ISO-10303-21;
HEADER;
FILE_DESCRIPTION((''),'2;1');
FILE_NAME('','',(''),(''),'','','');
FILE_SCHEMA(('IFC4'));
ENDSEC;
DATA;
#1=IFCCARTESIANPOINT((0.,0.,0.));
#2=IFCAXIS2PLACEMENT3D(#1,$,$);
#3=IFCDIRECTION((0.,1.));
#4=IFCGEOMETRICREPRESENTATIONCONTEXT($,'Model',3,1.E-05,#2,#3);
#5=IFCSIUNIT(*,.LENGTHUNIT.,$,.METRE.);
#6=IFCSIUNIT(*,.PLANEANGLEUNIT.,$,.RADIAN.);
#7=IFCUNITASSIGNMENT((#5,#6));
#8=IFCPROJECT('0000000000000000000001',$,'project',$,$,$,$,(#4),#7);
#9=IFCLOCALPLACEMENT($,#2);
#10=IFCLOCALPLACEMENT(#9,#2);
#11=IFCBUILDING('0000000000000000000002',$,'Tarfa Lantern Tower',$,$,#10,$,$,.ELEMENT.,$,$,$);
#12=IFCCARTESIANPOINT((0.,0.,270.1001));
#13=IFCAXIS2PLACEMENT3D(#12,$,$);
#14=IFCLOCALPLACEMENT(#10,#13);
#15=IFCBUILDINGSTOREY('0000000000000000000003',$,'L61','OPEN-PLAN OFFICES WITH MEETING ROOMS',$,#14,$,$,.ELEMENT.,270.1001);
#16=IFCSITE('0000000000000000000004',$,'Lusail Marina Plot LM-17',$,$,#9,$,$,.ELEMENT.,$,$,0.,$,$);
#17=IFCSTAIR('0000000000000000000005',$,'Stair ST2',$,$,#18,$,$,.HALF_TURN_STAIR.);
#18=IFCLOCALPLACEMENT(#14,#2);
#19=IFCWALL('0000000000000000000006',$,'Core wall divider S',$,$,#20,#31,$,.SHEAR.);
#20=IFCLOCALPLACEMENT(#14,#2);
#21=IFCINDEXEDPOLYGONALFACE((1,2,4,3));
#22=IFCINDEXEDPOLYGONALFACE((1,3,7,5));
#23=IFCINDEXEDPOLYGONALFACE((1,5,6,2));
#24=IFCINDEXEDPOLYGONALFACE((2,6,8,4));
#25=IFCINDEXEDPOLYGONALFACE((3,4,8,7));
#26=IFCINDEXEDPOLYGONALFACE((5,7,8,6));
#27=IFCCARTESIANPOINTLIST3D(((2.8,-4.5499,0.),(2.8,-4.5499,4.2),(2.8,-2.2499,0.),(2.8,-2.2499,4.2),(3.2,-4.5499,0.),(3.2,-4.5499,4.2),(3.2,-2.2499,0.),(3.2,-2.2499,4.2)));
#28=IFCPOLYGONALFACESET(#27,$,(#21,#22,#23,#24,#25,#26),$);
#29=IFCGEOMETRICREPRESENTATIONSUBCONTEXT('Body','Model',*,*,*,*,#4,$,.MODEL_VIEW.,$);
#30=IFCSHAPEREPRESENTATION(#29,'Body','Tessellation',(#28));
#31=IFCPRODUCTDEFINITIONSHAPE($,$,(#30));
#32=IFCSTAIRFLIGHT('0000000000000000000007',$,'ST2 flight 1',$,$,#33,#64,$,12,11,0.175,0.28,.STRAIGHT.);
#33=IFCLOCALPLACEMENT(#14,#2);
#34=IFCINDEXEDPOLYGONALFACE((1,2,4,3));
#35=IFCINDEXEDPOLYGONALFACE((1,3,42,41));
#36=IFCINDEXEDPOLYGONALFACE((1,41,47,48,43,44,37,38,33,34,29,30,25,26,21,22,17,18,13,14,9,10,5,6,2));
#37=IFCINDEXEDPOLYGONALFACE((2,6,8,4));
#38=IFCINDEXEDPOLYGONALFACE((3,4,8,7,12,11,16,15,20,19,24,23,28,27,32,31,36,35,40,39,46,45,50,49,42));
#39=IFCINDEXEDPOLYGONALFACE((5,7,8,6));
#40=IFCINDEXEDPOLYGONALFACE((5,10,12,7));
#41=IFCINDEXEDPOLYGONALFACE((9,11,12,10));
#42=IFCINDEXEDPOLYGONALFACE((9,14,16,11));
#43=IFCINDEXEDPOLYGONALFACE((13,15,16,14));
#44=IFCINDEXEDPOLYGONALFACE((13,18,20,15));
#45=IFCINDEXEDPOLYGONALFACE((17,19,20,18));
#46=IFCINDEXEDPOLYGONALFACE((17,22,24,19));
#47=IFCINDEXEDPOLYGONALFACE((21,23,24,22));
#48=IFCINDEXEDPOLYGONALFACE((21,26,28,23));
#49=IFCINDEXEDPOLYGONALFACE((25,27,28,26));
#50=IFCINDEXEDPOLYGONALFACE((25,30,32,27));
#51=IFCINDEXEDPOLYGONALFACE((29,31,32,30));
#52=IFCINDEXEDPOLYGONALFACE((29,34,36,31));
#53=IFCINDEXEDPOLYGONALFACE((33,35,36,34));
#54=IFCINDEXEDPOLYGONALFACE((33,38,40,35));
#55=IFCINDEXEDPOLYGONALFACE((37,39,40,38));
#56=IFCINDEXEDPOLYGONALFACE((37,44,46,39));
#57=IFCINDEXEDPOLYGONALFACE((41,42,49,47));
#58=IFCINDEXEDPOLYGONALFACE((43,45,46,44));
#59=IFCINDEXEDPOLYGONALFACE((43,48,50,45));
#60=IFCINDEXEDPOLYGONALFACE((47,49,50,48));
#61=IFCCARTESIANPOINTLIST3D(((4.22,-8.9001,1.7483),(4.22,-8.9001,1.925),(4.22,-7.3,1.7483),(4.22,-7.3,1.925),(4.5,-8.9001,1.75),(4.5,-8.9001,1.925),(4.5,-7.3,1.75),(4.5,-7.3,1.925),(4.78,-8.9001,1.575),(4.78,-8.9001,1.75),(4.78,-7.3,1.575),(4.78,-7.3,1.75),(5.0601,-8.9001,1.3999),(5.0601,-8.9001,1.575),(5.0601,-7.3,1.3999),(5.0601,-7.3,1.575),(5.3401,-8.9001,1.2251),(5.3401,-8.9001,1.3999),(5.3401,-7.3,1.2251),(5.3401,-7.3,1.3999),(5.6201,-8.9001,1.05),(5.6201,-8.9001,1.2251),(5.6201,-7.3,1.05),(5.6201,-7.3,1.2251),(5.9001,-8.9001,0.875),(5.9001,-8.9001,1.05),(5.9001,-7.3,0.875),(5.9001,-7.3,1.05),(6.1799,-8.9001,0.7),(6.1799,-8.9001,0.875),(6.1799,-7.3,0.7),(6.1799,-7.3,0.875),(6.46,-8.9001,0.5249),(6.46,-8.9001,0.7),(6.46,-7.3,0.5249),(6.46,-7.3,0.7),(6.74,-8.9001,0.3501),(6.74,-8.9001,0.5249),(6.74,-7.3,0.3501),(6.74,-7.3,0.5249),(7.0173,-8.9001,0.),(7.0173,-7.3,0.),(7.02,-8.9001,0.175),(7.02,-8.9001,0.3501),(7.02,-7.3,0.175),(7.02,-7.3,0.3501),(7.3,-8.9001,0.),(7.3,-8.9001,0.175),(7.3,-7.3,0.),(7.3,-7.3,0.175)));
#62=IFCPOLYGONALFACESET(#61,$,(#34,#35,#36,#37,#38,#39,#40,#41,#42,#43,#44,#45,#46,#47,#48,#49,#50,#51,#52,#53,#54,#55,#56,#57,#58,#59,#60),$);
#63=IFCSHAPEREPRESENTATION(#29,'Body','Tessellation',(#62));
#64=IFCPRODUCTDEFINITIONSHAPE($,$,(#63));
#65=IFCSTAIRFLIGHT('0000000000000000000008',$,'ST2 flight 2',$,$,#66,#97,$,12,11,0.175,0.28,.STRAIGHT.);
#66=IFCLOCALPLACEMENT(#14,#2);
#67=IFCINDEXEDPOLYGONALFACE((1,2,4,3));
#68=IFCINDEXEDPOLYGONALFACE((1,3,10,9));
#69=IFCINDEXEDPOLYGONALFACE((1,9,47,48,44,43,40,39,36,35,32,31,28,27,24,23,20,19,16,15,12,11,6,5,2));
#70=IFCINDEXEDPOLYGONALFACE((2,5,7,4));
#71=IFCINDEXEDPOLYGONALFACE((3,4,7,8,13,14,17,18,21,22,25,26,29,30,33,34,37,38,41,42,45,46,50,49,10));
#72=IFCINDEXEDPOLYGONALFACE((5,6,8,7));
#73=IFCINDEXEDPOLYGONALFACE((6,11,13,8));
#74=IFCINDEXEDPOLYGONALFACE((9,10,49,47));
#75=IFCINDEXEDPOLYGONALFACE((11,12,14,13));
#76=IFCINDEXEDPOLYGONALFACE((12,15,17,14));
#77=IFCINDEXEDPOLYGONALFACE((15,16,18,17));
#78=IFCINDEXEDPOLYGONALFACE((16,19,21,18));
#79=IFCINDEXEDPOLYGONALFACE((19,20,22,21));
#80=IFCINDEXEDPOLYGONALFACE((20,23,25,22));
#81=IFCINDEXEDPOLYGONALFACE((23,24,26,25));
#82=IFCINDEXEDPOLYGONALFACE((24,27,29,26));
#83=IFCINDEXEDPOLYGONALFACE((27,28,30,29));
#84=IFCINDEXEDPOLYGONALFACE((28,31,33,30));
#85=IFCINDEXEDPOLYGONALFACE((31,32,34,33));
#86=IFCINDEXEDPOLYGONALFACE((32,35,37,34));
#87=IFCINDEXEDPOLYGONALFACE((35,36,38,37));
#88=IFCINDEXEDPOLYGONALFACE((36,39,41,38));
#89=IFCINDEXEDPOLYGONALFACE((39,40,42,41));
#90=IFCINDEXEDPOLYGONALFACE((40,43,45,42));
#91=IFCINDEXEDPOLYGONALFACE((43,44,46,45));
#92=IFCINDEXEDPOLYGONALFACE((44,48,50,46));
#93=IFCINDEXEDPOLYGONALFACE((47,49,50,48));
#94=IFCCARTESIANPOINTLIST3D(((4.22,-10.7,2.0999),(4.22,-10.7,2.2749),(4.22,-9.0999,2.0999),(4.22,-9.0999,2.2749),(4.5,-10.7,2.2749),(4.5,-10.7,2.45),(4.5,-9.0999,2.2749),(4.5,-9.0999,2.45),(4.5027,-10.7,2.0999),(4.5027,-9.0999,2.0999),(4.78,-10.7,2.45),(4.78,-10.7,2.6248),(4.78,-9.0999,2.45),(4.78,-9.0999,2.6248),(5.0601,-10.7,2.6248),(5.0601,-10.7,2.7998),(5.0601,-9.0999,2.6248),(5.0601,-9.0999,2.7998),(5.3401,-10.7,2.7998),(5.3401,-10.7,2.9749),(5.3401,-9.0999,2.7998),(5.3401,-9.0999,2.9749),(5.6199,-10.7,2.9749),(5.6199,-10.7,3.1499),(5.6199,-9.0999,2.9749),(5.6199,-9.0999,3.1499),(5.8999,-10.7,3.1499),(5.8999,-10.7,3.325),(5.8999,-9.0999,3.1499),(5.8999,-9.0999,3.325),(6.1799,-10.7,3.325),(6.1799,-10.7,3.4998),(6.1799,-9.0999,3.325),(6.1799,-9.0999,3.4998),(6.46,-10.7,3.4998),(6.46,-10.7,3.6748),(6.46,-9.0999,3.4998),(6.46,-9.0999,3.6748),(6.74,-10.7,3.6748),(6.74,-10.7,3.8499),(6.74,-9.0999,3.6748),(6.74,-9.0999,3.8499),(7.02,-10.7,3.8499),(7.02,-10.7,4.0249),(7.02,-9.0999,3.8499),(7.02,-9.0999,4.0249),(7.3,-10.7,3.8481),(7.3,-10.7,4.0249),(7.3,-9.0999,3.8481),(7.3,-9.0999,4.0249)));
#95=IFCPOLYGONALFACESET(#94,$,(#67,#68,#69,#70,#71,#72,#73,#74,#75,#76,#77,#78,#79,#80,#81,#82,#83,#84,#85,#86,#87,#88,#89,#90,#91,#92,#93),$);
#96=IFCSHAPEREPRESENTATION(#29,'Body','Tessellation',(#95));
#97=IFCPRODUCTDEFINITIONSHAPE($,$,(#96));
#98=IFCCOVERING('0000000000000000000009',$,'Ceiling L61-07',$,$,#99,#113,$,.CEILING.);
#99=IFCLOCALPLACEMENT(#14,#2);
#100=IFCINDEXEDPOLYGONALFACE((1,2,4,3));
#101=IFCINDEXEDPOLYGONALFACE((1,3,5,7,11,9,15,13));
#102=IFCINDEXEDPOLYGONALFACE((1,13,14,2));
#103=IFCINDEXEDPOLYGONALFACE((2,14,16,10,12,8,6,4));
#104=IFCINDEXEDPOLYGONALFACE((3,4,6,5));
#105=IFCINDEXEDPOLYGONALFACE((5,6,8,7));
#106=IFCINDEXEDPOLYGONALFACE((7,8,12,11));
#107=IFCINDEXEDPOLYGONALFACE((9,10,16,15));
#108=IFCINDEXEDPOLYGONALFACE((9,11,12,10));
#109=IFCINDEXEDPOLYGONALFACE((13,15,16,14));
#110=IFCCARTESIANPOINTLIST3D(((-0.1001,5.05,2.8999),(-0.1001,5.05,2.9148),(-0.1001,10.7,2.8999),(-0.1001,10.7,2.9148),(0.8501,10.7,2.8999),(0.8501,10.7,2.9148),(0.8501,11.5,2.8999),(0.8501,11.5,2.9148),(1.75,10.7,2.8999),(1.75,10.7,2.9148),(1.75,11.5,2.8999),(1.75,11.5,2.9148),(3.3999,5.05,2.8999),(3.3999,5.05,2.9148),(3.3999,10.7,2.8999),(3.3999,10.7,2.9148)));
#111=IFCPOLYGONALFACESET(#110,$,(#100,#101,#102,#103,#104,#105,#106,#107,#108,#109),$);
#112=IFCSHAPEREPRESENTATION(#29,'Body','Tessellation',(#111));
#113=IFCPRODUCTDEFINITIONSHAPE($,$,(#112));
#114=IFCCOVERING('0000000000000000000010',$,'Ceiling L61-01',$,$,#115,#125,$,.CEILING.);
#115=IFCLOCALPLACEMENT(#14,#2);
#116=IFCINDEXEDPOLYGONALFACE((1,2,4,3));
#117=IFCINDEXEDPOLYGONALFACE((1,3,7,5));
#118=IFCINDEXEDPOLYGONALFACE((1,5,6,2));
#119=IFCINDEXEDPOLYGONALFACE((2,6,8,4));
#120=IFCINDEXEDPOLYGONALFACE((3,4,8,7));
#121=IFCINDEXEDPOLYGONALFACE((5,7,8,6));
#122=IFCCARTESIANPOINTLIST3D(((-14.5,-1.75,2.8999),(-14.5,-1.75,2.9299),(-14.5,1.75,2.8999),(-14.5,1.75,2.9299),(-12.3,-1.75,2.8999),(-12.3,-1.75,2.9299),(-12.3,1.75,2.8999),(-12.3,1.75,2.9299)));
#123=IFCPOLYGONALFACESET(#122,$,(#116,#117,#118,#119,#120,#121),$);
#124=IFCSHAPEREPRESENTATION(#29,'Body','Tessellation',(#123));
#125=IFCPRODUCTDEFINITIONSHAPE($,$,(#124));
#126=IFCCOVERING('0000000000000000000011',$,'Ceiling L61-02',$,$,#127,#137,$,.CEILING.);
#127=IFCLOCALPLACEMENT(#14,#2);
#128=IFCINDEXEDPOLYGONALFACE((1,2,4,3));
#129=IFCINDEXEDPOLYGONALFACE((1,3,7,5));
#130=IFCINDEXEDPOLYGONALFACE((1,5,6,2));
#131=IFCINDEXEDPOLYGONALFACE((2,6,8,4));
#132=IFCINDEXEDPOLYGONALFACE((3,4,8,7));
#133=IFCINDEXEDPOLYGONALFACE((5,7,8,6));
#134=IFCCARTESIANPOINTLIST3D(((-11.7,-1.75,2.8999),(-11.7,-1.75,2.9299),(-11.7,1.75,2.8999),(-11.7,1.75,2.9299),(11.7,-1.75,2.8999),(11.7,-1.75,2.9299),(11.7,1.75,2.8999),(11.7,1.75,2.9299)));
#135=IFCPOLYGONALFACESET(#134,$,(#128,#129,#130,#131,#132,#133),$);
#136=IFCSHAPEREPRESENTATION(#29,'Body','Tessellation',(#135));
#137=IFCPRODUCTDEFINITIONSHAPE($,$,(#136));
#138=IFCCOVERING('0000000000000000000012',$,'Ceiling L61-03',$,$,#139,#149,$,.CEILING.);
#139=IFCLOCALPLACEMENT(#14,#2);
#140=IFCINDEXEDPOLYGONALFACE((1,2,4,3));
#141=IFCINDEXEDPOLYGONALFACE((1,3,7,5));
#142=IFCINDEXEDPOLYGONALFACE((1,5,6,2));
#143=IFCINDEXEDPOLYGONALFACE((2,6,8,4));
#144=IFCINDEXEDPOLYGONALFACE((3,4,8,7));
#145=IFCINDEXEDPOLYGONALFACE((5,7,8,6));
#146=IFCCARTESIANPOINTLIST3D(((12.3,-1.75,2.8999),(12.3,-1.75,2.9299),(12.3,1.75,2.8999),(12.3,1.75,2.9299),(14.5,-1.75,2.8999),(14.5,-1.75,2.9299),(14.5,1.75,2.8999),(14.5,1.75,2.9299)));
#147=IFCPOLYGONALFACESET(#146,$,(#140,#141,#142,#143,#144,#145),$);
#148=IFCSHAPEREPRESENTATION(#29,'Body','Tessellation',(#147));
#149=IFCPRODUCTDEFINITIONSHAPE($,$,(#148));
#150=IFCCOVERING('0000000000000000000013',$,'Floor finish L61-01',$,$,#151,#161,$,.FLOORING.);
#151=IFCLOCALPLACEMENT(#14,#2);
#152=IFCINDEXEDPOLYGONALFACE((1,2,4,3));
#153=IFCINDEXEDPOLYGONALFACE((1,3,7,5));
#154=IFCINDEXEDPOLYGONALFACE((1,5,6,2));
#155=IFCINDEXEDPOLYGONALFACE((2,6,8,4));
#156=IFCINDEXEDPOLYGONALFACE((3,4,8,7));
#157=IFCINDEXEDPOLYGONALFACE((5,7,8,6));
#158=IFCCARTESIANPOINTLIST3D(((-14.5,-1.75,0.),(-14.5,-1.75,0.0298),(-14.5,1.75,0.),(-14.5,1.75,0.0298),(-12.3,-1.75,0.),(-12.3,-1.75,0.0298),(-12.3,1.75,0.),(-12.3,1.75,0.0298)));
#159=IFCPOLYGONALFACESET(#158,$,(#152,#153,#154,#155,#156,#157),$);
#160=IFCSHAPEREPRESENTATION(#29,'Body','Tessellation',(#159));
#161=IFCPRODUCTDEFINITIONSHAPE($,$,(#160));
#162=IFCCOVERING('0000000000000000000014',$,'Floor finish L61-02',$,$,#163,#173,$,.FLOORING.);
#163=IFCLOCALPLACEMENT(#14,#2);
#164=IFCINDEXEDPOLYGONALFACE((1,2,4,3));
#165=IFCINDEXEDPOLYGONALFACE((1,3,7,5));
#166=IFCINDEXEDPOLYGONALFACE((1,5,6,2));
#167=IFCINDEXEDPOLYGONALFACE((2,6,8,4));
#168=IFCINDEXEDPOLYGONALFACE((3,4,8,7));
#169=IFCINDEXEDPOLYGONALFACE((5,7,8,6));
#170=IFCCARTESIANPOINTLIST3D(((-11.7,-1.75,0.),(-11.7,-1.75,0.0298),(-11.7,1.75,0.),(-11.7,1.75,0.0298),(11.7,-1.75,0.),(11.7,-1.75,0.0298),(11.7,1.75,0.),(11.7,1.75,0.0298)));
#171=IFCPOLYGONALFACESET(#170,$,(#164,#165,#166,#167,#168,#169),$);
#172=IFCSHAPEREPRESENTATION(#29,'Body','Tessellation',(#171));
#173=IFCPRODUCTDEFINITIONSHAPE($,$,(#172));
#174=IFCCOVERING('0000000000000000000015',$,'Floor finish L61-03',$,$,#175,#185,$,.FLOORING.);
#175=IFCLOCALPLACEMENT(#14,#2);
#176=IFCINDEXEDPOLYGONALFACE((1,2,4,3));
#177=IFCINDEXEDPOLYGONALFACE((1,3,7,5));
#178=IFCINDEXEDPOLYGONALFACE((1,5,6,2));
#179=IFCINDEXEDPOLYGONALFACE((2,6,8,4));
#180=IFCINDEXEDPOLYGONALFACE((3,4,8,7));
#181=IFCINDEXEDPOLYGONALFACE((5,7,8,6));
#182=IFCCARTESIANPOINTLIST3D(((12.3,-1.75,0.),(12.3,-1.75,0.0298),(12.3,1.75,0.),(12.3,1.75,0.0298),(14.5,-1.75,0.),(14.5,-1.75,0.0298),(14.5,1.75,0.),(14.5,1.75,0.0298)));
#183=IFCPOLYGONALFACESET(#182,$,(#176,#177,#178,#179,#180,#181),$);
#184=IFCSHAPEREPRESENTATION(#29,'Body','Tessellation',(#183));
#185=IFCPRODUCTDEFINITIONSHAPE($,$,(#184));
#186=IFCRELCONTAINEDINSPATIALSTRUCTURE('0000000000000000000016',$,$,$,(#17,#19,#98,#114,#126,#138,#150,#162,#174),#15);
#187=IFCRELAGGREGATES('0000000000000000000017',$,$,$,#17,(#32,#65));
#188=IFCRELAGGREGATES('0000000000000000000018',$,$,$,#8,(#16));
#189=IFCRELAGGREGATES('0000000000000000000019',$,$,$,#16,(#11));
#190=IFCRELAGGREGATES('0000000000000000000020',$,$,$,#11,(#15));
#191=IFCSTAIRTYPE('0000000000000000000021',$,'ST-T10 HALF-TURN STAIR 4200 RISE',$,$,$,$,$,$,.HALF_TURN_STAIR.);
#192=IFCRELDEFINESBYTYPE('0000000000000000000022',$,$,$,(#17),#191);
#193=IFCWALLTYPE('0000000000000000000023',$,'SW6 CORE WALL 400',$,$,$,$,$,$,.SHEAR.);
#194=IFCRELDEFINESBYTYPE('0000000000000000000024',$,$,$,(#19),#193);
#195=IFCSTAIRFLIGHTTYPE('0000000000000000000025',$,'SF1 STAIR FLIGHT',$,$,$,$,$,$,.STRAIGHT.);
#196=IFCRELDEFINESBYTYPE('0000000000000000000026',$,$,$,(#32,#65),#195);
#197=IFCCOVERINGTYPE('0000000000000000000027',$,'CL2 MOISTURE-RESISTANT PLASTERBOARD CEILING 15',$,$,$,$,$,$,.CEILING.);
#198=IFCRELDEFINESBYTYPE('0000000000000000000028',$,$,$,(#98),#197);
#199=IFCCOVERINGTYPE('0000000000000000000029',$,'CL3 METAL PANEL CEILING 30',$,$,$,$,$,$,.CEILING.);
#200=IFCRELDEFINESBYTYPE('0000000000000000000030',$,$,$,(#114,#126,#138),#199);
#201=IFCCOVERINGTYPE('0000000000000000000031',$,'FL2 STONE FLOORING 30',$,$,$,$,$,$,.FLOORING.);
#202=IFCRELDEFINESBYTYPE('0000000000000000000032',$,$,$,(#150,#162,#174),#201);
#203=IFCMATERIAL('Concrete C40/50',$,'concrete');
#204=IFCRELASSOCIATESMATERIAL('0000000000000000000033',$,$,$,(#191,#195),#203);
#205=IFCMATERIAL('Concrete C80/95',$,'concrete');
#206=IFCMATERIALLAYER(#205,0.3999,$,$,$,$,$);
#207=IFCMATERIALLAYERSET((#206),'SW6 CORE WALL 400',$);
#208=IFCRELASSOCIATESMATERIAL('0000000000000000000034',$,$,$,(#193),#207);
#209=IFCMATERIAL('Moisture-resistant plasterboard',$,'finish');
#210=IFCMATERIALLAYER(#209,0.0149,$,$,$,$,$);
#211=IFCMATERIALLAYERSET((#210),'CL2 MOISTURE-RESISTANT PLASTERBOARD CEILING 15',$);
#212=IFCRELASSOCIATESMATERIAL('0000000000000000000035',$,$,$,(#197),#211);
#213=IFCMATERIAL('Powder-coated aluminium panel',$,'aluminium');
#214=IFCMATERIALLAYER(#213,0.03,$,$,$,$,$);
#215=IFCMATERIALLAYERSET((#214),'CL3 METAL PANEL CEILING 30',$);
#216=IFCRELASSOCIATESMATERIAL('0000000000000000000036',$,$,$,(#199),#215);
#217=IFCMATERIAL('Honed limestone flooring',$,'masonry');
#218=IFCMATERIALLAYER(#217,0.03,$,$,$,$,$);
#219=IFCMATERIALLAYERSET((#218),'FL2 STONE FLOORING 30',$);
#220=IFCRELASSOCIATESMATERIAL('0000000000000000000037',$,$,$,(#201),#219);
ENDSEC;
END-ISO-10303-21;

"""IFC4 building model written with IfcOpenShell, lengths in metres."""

from ifc_helpers import new_model, si_unit, direction, frame, frame_2d, origin, place, context, subcontext, project, spatial, polyline, rectangle, outline, extrude, material, layer, layer_set, type_object, element, aggregate, save


model = new_model("IFC4")

# Units and contexts
model_context = context("Model", 3, precision=1e-05, world=origin(), true_north=direction((0.0, 1.0)))
body_context = subcontext(model_context, "Body", "Model", "MODEL_VIEW")
ifc_project = project(units=[si_unit("LENGTHUNIT", "METRE"), si_unit("PLANEANGLEUNIT", "RADIAN")], contexts=[model_context])

# Site, building, storey
site_placement = place(None, origin())
site = spatial("IfcSite", under=ifc_project, at=site_placement, Name="Lusail Marina Plot LM-17", CompositionType="ELEMENT", RefElevation=0.0)
building_placement = place(site_placement, origin())
building = spatial("IfcBuilding", under=site, at=building_placement, Name="Tarfa Lantern Tower", CompositionType="ELEMENT")
storey_placement = place(building_placement, frame((0.0, 0.0, 270.1001)))
storey = spatial("IfcBuildingStorey", under=building, at=storey_placement, Name="L61", Description="OPEN-PLAN OFFICES WITH MEETING ROOMS", CompositionType="ELEMENT", Elevation=270.1001)

# Stair
ifc_material_1 = material(Name="Concrete C40/50", Category="concrete")
stair_type = type_object("IfcStairType", Name="ST-T10 HALF-TURN STAIR 4200 RISE", PredefinedType="HALF_TURN_STAIR", material=ifc_material_1)
stair_1_placement = place(storey_placement, origin())
stair_1 = element("IfcStair", 1, at=stair_1_placement, inside=storey, type_object=stair_type, Name="Stair ST2", PredefinedType="HALF_TURN_STAIR")

# Shared definitions
ifc_material_2 = material(Name="Concrete C80/95", Category="concrete")

# Wall
ifc_layer_1 = layer(ifc_material_2, 0.3999)
ifc_layer_set_1 = layer_set([ifc_layer_1], Name="SW6 CORE WALL 400")
wall_type_1 = type_object("IfcWallType", Name="SW6 CORE WALL 400", PredefinedType="SHEAR", material=ifc_layer_set_1)
for number, where, z_axis, x_axis, name in (
    (2, (3.0, -2.25, 0.0), (0.0, 0.0, 1.0), (0.0, -1.0, 0.0), "Core wall divider S"),
):
    element("IfcWall", number, at=place(storey_placement, frame(where, z_axis=z_axis, x_axis=x_axis)), inside=storey, type_object=wall_type_1, Name=name, PredefinedType="SHEAR", context=body_context, shape_type="SweptSolid", body=[
        extrude(rectangle(XDim=2.3, YDim=0.3999, at=frame_2d((1.1499, 0.0))), origin(), (0.0, 0.0, 1.0), 4.2),
    ])

# Stair flights
stair_flight_type = type_object("IfcStairFlightType", Name="SF1 STAIR FLIGHT", PredefinedType="STRAIGHT", material=ifc_material_1)
stair_flight_1_placement = place(storey_placement, frame((7.3, -8.1001, 0.0), z_axis=(0.0, 0.0, 1.0), x_axis=(-1.0, 0.0, 0.0)))
stair_flight_1 = element("IfcStairFlight", 3, at=stair_flight_1_placement, type_object=stair_flight_type, Name="ST2 flight 1", NumberOfRisers=12, NumberOfTreads=11, PredefinedType="STRAIGHT", RiserHeight=0.175, TreadLength=0.28, context=body_context, shape_type="SweptSolid", body=[
    extrude(outline(polyline([(0.0, 0.0), (0.0, 0.175), (0.28, 0.175), (0.28, 0.3501), (0.5601, 0.3501), (0.5601, 0.5249), (0.8401, 0.5249), (0.8401, 0.7), (1.1201, 0.7), (1.1201, 0.875), (1.3999, 0.875), (1.3999, 1.05), (1.6799, 1.05), (1.6799, 1.2251), (1.96, 1.2251), (1.96, 1.3999), (2.24, 1.3999), (2.24, 1.575), (2.52, 1.575), (2.52, 1.75), (2.8, 1.75), (2.8, 1.925), (3.0801, 1.925), (3.0801, 2.1001), (3.0801, 1.7483), (0.2827, 0.0), (0.0, 0.0)])), frame((0.0, 0.8, 0.0), z_axis=(0.0, -1.0, 0.0), x_axis=(1.0, 0.0, 0.0)), (0.0, 0.0, 1.0), 1.6001),
])
stair_flight_2_placement = place(storey_placement, frame((4.22, -9.8999, 2.0999), z_axis=(0.0, 0.0, 1.0), x_axis=(1.0, 0.0, 0.0)))
stair_flight_2 = element("IfcStairFlight", 4, at=stair_flight_2_placement, type_object=stair_flight_type, Name="ST2 flight 2", NumberOfRisers=12, NumberOfTreads=11, PredefinedType="STRAIGHT", RiserHeight=0.175, TreadLength=0.28, context=body_context, shape_type="SweptSolid", body=[
    extrude(outline(polyline([(0.0, 0.0), (0.0, 0.175), (0.28, 0.175), (0.28, 0.3501), (0.5601, 0.3501), (0.5601, 0.5249), (0.8401, 0.5249), (0.8401, 0.7), (1.1201, 0.7), (1.1201, 0.875), (1.3999, 0.875), (1.3999, 1.05), (1.6799, 1.05), (1.6799, 1.2251), (1.96, 1.2251), (1.96, 1.3999), (2.24, 1.3999), (2.24, 1.575), (2.52, 1.575), (2.52, 1.75), (2.8, 1.75), (2.8, 1.925), (3.0801, 1.925), (3.0801, 2.1001), (3.0801, 1.7483), (0.2827, 0.0), (0.0, 0.0)])), frame((0.0, 0.8, 0.0), z_axis=(0.0, -1.0, 0.0), x_axis=(1.0, 0.0, 0.0)), (0.0, 0.0, 1.0), 1.6001),
])
aggregate(stair_1, [stair_flight_1, stair_flight_2])

# Coverings
ifc_material_3 = material(Name="Moisture-resistant plasterboard", Category="finish")
ifc_layer_2 = layer(ifc_material_3, 0.0149)
ifc_layer_set_2 = layer_set([ifc_layer_2], Name="CL2 MOISTURE-RESISTANT PLASTERBOARD CEILING 15")
covering_type_1 = type_object("IfcCoveringType", Name="CL2 MOISTURE-RESISTANT PLASTERBOARD CEILING 15", PredefinedType="CEILING", material=ifc_layer_set_2)
covering_1_placement = place(storey_placement, frame((0.0, 0.0, 2.8999)))
element("IfcCovering", 5, at=covering_1_placement, inside=storey, type_object=covering_type_1, Name="Ceiling L61-07", PredefinedType="CEILING", context=body_context, shape_type="SweptSolid", body=[
    extrude(outline(polyline([(0.8501, 10.7), (-0.1001, 10.7), (-0.1001, 5.05), (3.3999, 5.05), (3.3999, 10.7), (1.75, 10.7), (1.75, 11.5), (0.8501, 11.5), (0.8501, 11.5), (0.8501, 10.7)])), origin(), (0.0, 0.0, 1.0), 0.0149),
])
ifc_material_4 = material(Name="Powder-coated aluminium panel", Category="aluminium")
ifc_layer_3 = layer(ifc_material_4, 0.03)
ifc_layer_set_3 = layer_set([ifc_layer_3], Name="CL3 METAL PANEL CEILING 30")
covering_type_2 = type_object("IfcCoveringType", Name="CL3 METAL PANEL CEILING 30", PredefinedType="CEILING", material=ifc_layer_set_3)
covering_2_placement = place(storey_placement, frame((0.0, 0.0, 2.8999)))
element("IfcCovering", 6, at=covering_2_placement, inside=storey, type_object=covering_type_2, Name="Ceiling L61-01", PredefinedType="CEILING", context=body_context, shape_type="SweptSolid", body=[
    extrude(outline(polyline([(-14.5, -1.75), (-12.3, -1.75), (-12.3, 1.75), (-14.5, 1.75), (-14.5, -1.75)])), origin(), (0.0, 0.0, 1.0), 0.03),
])
covering_3_placement = place(storey_placement, frame((0.0, 0.0, 2.8999)))
element("IfcCovering", 7, at=covering_3_placement, inside=storey, type_object=covering_type_2, Name="Ceiling L61-02", PredefinedType="CEILING", context=body_context, shape_type="SweptSolid", body=[
    extrude(outline(polyline([(-11.7, -1.75), (11.7, -1.75), (11.7, 1.75), (-11.7, 1.75), (-11.7, -1.75)])), origin(), (0.0, 0.0, 1.0), 0.03),
])
covering_4_placement = place(storey_placement, frame((0.0, 0.0, 2.8999)))
element("IfcCovering", 8, at=covering_4_placement, inside=storey, type_object=covering_type_2, Name="Ceiling L61-03", PredefinedType="CEILING", context=body_context, shape_type="SweptSolid", body=[
    extrude(outline(polyline([(12.3, -1.75), (14.5, -1.75), (14.5, 1.75), (12.3, 1.75), (12.3, -1.75)])), origin(), (0.0, 0.0, 1.0), 0.03),
])
ifc_material_5 = material(Name="Honed limestone flooring", Category="masonry")
ifc_layer_4 = layer(ifc_material_5, 0.03)
ifc_layer_set_4 = layer_set([ifc_layer_4], Name="FL2 STONE FLOORING 30")
covering_type_3 = type_object("IfcCoveringType", Name="FL2 STONE FLOORING 30", PredefinedType="FLOORING", material=ifc_layer_set_4)
covering_5_placement = place(storey_placement, origin())
element("IfcCovering", 9, at=covering_5_placement, inside=storey, type_object=covering_type_3, Name="Floor finish L61-01", PredefinedType="FLOORING", context=body_context, shape_type="SweptSolid", body=[
    extrude(outline(polyline([(-14.5, -1.75), (-12.3, -1.75), (-12.3, 1.75), (-14.5, 1.75), (-14.5, -1.75)])), origin(), (0.0, 0.0, 1.0), 0.0298),
])
covering_6_placement = place(storey_placement, origin())
element("IfcCovering", 10, at=covering_6_placement, inside=storey, type_object=covering_type_3, Name="Floor finish L61-02", PredefinedType="FLOORING", context=body_context, shape_type="SweptSolid", body=[
    extrude(outline(polyline([(-11.7, -1.75), (11.7, -1.75), (11.7, 1.75), (-11.7, 1.75), (-11.7, -1.75)])), origin(), (0.0, 0.0, 1.0), 0.0298),
])
covering_7_placement = place(storey_placement, origin())
element("IfcCovering", 11, at=covering_7_placement, inside=storey, type_object=covering_type_3, Name="Floor finish L61-03", PredefinedType="FLOORING", context=body_context, shape_type="SweptSolid", body=[
    extrude(outline(polyline([(12.3, -1.75), (14.5, -1.75), (14.5, 1.75), (12.3, 1.75), (12.3, -1.75)])), origin(), (0.0, 0.0, 1.0), 0.0298),
])

save(model, "model.ifc")
